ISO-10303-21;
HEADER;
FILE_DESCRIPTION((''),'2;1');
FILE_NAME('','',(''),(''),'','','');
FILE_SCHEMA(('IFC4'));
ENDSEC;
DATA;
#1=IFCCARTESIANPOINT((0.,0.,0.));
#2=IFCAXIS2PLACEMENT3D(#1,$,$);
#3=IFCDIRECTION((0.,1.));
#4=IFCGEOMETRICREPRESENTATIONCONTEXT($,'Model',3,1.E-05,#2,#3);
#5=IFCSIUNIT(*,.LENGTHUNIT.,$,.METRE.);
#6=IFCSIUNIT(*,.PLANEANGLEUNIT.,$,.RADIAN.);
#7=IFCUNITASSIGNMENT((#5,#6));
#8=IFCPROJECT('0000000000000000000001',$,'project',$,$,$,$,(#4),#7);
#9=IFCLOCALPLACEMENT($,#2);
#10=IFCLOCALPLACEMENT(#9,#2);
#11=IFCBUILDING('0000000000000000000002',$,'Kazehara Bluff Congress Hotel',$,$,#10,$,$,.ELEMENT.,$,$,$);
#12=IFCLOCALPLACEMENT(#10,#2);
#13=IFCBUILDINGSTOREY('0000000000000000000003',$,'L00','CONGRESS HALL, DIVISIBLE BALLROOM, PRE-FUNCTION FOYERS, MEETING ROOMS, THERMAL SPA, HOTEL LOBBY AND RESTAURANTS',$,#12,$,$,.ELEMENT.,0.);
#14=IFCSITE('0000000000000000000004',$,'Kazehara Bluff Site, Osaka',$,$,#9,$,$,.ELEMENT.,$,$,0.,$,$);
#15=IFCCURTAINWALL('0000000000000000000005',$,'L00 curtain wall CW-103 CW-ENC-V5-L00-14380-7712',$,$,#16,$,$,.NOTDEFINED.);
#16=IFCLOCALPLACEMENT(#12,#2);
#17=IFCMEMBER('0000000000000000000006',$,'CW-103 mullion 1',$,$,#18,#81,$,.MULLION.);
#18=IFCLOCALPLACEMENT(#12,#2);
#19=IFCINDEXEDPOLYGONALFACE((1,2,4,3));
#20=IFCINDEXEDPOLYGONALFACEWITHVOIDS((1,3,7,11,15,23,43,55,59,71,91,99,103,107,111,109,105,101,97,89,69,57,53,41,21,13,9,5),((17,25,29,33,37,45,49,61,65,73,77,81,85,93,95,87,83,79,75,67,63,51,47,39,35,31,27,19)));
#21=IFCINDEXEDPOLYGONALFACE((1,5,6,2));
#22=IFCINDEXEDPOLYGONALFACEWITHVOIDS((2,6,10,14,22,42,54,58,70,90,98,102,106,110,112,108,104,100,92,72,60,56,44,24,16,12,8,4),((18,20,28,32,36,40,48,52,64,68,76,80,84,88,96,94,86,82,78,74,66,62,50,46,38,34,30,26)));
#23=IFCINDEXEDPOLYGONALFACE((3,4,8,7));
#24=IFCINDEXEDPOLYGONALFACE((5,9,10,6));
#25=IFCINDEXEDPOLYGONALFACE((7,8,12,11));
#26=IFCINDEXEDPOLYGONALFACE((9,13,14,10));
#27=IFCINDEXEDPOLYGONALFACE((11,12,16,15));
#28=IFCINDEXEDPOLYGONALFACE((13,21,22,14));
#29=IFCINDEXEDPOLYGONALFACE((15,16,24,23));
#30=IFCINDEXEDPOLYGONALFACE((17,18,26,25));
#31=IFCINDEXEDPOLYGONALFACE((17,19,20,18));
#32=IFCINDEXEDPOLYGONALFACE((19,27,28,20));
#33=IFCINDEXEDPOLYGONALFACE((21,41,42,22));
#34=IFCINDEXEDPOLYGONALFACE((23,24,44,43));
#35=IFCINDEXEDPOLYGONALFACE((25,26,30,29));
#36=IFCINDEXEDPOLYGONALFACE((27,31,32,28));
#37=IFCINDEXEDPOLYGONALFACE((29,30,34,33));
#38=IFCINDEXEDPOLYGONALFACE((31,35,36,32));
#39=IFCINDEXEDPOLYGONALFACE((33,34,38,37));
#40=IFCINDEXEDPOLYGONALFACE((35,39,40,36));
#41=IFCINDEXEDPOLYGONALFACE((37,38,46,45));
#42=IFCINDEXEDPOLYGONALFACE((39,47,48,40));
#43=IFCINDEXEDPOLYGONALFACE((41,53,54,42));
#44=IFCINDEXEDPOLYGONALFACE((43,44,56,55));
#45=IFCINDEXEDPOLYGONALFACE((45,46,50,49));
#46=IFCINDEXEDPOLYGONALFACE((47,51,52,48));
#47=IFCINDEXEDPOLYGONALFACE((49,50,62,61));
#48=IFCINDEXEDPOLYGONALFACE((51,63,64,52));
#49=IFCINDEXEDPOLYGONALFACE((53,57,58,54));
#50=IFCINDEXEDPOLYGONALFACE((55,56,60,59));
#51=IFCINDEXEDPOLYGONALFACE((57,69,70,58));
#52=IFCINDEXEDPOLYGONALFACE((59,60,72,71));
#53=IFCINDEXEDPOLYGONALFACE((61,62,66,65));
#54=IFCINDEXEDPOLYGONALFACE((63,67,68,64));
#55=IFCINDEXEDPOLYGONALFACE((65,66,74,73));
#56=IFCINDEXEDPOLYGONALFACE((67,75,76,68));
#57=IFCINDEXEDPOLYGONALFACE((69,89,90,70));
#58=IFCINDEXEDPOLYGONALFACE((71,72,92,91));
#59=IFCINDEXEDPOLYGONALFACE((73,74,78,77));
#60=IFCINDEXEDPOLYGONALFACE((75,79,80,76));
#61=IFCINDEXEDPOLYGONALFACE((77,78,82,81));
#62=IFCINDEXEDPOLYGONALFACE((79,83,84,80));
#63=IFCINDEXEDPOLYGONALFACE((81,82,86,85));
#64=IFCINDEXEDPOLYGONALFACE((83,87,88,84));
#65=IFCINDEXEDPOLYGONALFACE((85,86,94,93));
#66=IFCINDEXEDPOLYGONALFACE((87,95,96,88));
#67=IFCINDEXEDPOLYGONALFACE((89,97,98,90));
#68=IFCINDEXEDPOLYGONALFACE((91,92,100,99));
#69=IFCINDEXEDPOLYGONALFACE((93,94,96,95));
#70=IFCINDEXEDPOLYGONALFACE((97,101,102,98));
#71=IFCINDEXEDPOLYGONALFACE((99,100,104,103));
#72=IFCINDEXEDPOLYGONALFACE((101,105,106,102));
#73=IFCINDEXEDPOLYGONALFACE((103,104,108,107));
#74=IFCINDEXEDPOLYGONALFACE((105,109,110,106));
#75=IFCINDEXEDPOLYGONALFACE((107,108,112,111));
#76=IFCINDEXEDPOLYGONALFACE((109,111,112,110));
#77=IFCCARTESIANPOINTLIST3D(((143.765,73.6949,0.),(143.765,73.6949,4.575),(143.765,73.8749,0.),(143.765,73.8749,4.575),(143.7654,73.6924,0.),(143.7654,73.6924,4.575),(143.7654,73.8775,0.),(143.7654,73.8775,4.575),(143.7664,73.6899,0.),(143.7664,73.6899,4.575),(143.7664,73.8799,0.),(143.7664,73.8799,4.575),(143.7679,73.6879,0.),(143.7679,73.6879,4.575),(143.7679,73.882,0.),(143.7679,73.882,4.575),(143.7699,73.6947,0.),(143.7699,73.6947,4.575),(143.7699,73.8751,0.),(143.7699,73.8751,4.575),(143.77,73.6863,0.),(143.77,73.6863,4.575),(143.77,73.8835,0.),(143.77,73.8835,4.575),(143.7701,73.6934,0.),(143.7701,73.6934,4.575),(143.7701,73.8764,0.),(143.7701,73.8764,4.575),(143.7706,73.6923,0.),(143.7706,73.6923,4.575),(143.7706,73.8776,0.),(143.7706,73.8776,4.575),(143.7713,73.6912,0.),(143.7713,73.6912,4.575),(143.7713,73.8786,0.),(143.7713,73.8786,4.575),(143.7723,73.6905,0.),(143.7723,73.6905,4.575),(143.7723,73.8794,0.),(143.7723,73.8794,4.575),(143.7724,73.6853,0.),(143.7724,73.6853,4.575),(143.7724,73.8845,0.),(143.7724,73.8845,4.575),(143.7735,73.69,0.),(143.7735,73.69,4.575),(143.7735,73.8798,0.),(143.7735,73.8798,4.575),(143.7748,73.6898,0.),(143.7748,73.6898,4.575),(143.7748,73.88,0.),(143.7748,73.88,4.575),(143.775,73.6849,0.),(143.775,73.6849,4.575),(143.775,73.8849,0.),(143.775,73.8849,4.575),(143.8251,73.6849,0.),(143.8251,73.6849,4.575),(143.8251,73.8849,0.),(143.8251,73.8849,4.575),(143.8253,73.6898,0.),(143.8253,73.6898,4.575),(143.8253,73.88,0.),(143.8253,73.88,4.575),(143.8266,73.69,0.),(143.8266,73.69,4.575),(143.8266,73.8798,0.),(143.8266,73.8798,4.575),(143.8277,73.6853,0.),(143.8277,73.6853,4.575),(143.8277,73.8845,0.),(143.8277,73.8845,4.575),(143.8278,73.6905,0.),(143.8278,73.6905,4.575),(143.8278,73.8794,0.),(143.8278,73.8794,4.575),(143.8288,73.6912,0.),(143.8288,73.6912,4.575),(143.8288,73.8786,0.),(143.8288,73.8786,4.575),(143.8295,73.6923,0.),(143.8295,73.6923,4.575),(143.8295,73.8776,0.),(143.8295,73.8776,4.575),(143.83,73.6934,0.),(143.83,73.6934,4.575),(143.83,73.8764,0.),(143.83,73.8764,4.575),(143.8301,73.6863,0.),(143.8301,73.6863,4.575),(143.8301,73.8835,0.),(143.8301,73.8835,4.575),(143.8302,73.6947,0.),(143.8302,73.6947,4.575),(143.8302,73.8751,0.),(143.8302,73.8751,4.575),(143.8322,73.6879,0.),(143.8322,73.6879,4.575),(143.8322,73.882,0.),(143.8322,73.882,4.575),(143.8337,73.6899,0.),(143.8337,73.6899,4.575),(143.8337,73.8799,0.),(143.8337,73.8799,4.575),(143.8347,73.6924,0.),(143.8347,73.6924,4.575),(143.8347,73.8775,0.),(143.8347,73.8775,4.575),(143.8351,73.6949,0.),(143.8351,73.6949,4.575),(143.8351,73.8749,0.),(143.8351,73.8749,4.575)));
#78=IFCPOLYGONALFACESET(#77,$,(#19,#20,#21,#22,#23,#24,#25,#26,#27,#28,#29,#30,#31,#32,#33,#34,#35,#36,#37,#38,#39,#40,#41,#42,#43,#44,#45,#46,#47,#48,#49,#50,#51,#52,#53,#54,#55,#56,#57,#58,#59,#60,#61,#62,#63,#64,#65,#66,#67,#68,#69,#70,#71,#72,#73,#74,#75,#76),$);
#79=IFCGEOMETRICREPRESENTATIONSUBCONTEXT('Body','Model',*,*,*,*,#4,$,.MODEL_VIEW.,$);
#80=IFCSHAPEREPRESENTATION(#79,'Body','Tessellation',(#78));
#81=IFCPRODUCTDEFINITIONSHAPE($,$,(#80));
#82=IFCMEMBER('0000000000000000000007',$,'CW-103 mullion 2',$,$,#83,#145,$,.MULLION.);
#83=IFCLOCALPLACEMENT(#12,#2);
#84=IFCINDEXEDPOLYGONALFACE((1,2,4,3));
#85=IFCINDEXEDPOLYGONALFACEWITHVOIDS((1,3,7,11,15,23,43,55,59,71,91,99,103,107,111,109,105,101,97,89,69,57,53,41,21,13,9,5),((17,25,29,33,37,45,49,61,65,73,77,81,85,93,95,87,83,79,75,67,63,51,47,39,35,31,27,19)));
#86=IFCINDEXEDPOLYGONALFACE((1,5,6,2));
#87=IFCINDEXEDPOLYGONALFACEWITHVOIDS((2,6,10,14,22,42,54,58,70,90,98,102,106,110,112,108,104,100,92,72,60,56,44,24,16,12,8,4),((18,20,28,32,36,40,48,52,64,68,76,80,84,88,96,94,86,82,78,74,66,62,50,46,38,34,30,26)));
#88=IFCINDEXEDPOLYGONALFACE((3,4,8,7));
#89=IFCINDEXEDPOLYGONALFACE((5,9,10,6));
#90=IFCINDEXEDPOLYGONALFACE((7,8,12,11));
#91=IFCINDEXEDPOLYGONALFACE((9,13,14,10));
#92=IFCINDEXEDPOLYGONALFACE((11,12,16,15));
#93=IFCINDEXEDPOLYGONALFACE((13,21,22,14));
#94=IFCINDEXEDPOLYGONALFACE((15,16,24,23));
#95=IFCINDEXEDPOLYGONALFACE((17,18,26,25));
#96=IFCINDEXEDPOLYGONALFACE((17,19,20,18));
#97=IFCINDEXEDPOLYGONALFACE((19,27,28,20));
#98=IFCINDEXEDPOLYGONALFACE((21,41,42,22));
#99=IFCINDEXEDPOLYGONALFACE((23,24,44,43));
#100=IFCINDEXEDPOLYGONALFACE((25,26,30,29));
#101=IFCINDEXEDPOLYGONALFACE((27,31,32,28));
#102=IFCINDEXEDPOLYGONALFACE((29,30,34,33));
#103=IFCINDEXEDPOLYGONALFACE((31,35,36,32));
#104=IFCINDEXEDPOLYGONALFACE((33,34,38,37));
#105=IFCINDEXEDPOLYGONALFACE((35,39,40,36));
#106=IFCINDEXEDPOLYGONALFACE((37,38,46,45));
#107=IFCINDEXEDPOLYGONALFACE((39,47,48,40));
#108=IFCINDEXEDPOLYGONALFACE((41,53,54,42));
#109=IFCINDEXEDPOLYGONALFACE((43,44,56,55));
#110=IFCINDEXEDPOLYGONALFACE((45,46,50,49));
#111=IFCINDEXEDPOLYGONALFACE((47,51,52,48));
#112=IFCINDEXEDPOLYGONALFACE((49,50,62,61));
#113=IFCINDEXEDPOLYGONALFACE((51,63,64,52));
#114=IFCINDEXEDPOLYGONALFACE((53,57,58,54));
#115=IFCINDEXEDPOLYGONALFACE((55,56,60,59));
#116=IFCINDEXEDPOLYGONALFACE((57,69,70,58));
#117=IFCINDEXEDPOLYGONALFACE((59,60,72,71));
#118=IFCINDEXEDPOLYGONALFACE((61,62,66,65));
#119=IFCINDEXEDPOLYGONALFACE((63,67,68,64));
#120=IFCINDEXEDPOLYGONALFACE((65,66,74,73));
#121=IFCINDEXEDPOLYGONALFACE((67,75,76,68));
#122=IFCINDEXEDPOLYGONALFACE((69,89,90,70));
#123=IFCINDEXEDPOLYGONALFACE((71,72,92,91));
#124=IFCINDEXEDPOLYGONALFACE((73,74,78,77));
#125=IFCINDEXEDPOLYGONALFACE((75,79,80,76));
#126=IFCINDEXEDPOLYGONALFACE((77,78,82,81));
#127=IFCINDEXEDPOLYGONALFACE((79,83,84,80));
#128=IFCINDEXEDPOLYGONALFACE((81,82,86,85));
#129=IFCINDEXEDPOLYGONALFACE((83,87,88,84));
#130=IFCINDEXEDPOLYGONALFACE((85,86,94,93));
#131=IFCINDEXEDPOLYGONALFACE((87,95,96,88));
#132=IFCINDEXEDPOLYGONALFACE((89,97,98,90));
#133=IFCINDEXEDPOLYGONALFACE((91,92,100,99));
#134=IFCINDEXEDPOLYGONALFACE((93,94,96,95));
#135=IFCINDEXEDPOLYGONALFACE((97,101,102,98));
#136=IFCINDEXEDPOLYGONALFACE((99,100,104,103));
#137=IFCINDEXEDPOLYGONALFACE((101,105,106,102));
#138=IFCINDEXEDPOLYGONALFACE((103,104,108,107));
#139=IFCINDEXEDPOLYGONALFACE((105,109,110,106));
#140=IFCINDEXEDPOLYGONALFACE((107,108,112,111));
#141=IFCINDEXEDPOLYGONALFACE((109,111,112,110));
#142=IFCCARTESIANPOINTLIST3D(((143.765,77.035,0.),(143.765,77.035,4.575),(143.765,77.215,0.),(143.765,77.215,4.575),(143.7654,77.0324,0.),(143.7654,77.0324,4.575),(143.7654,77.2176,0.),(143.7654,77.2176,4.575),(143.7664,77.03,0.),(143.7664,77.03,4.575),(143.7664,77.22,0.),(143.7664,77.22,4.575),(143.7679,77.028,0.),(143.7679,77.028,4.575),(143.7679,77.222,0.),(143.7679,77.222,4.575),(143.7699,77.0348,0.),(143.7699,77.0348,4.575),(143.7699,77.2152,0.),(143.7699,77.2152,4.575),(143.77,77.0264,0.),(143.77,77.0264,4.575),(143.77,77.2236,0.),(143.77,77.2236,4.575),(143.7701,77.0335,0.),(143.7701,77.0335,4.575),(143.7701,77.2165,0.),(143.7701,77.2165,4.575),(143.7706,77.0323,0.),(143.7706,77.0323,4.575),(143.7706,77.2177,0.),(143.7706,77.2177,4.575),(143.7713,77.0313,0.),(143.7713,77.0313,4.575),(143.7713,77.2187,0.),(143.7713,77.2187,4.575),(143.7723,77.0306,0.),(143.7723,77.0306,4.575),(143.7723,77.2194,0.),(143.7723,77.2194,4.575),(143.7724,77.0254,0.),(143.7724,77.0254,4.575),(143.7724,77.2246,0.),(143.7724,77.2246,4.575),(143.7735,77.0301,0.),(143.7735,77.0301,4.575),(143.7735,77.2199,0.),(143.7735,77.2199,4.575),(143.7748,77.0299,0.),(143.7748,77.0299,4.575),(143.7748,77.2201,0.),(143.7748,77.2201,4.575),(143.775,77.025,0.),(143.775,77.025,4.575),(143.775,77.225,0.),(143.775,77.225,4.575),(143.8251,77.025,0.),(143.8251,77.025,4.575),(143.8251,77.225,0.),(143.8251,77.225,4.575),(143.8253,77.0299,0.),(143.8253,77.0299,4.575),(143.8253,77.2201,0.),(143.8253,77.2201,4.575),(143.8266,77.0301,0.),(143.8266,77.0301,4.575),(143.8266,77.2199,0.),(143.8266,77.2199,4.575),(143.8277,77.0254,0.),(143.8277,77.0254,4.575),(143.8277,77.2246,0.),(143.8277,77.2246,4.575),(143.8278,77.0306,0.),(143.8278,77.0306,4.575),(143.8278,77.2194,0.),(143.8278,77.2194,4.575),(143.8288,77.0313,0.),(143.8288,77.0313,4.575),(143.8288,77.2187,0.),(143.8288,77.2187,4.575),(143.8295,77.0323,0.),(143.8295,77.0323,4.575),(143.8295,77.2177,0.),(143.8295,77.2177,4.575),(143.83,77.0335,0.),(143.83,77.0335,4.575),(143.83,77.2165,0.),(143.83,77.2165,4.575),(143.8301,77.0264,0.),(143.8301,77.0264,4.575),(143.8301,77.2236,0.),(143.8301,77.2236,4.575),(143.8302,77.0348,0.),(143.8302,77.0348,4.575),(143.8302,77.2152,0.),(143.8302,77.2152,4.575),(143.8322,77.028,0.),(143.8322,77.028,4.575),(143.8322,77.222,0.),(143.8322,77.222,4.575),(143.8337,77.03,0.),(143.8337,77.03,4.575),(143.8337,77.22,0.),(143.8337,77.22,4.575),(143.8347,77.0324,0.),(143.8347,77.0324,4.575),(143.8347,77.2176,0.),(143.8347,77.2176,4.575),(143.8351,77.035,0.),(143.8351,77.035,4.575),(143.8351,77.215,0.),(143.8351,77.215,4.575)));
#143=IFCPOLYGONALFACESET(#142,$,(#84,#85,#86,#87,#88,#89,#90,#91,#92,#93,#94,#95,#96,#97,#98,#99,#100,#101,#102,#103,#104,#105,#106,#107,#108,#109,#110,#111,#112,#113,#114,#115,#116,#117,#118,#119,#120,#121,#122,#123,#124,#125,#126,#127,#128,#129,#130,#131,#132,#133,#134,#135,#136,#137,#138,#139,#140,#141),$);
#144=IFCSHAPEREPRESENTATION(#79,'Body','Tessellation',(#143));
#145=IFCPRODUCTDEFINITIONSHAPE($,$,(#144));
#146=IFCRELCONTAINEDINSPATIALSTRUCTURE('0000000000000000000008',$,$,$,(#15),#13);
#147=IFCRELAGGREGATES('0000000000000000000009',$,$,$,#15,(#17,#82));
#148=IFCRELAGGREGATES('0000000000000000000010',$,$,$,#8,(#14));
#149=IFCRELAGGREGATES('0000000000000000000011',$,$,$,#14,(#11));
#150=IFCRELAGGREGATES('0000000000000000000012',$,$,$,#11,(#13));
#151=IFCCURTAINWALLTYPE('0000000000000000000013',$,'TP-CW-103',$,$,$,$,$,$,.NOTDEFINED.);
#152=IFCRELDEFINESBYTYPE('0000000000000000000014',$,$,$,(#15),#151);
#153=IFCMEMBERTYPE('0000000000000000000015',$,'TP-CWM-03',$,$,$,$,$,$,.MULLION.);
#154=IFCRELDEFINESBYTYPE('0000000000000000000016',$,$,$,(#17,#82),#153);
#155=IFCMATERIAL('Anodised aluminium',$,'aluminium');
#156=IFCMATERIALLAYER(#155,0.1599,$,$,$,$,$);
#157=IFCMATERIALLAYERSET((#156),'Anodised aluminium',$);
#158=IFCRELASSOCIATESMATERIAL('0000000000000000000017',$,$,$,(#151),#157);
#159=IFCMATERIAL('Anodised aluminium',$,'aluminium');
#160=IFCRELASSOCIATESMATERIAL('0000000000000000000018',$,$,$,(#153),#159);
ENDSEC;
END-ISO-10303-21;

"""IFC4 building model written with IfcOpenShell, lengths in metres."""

from ifc_helpers import new_model, si_unit, direction, frame, origin, origin_2d, place, context, subcontext, project, spatial, hollow_rectangle, extrude, material, layer, layer_set, material_profile, profile_set, type_object, element, aggregate, save


model = new_model("IFC4")

# Units and contexts
model_context = context("Model", 3, precision=1e-05, world=origin(), true_north=direction((0.0, 1.0)))
body_context = subcontext(model_context, "Body", "Model", "MODEL_VIEW")
ifc_project = project(units=[si_unit("LENGTHUNIT", "METRE"), si_unit("PLANEANGLEUNIT", "RADIAN")], contexts=[model_context])

# Site, building, storey
site_placement = place(None, origin())
site = spatial("IfcSite", under=ifc_project, at=site_placement, Name="Kazehara Bluff Site, Osaka", CompositionType="ELEMENT", RefElevation=0.0)
building_placement = place(site_placement, origin())
building = spatial("IfcBuilding", under=site, at=building_placement, Name="Kazehara Bluff Congress Hotel", CompositionType="ELEMENT")
storey_placement = place(building_placement, origin())
storey = spatial("IfcBuildingStorey", under=building, at=storey_placement, Name="L00", Description="CONGRESS HALL, DIVISIBLE BALLROOM, PRE-FUNCTION FOYERS, MEETING ROOMS, THERMAL SPA, HOTEL LOBBY AND RESTAURANTS", CompositionType="ELEMENT", Elevation=0.0)

# Curtain wall, members
ifc_material_1 = material(Name="Anodised aluminium", Category="aluminium")
ifc_layer_1 = layer(ifc_material_1, 0.1599)
ifc_layer_set_1 = layer_set([ifc_layer_1], Name="Anodised aluminium")
curtain_wall_type = type_object("IfcCurtainWallType", Name="TP-CW-103", PredefinedType="NOTDEFINED", material=ifc_layer_set_1)
curtain_wall_placement = place(storey_placement, origin())
curtain_wall = element("IfcCurtainWall", 1, at=curtain_wall_placement, inside=storey, type_object=curtain_wall_type, Name="L00 curtain wall CW-103 CW-ENC-V5-L00-14380-7712", PredefinedType="NOTDEFINED")
ifc_material_2 = material(Name="Anodised aluminium", Category="aluminium")
ifc_material_profile_1 = material_profile(ifc_material_2, hollow_rectangle(XDim=0.0701, YDim=0.2, WallThickness=0.0049, InnerFilletRadius=0.0049, OuterFilletRadius=0.01, at=origin_2d()))
ifc_profile_set_1 = profile_set([ifc_material_profile_1], Name="Anodised aluminium")
member_type_1 = type_object("IfcMemberType", Name="TP-CWM-03", PredefinedType="MULLION", material=ifc_profile_set_1)
member_1_placement = place(storey_placement, frame((143.8, 73.7849, 0.0), z_axis=(0.0, 0.0, 1.0), x_axis=(-1.0, 0.0, 0.0)))
member_1 = element("IfcMember", 2, at=member_1_placement, type_object=member_type_1, Name="CW-103 mullion 1", PredefinedType="MULLION", context=body_context, shape_type="SweptSolid", body=[
    extrude(hollow_rectangle(XDim=0.0701, YDim=0.2, WallThickness=0.0049, InnerFilletRadius=0.0049, OuterFilletRadius=0.01, at=origin_2d()), origin(), (0.0, 0.0, 1.0), 4.575),
])
member_2_placement = place(storey_placement, frame((143.8, 77.125, 0.0), z_axis=(0.0, 0.0, 1.0), x_axis=(-1.0, 0.0, 0.0)))
member_2 = element("IfcMember", 3, at=member_2_placement, type_object=member_type_1, Name="CW-103 mullion 2", PredefinedType="MULLION", context=body_context, shape_type="SweptSolid", body=[
    extrude(hollow_rectangle(XDim=0.0701, YDim=0.2, WallThickness=0.0049, InnerFilletRadius=0.0049, OuterFilletRadius=0.01, at=origin_2d()), origin(), (0.0, 0.0, 1.0), 4.575),
])

aggregate(curtain_wall, [member_1, member_2])

save(model, "model.ifc")
